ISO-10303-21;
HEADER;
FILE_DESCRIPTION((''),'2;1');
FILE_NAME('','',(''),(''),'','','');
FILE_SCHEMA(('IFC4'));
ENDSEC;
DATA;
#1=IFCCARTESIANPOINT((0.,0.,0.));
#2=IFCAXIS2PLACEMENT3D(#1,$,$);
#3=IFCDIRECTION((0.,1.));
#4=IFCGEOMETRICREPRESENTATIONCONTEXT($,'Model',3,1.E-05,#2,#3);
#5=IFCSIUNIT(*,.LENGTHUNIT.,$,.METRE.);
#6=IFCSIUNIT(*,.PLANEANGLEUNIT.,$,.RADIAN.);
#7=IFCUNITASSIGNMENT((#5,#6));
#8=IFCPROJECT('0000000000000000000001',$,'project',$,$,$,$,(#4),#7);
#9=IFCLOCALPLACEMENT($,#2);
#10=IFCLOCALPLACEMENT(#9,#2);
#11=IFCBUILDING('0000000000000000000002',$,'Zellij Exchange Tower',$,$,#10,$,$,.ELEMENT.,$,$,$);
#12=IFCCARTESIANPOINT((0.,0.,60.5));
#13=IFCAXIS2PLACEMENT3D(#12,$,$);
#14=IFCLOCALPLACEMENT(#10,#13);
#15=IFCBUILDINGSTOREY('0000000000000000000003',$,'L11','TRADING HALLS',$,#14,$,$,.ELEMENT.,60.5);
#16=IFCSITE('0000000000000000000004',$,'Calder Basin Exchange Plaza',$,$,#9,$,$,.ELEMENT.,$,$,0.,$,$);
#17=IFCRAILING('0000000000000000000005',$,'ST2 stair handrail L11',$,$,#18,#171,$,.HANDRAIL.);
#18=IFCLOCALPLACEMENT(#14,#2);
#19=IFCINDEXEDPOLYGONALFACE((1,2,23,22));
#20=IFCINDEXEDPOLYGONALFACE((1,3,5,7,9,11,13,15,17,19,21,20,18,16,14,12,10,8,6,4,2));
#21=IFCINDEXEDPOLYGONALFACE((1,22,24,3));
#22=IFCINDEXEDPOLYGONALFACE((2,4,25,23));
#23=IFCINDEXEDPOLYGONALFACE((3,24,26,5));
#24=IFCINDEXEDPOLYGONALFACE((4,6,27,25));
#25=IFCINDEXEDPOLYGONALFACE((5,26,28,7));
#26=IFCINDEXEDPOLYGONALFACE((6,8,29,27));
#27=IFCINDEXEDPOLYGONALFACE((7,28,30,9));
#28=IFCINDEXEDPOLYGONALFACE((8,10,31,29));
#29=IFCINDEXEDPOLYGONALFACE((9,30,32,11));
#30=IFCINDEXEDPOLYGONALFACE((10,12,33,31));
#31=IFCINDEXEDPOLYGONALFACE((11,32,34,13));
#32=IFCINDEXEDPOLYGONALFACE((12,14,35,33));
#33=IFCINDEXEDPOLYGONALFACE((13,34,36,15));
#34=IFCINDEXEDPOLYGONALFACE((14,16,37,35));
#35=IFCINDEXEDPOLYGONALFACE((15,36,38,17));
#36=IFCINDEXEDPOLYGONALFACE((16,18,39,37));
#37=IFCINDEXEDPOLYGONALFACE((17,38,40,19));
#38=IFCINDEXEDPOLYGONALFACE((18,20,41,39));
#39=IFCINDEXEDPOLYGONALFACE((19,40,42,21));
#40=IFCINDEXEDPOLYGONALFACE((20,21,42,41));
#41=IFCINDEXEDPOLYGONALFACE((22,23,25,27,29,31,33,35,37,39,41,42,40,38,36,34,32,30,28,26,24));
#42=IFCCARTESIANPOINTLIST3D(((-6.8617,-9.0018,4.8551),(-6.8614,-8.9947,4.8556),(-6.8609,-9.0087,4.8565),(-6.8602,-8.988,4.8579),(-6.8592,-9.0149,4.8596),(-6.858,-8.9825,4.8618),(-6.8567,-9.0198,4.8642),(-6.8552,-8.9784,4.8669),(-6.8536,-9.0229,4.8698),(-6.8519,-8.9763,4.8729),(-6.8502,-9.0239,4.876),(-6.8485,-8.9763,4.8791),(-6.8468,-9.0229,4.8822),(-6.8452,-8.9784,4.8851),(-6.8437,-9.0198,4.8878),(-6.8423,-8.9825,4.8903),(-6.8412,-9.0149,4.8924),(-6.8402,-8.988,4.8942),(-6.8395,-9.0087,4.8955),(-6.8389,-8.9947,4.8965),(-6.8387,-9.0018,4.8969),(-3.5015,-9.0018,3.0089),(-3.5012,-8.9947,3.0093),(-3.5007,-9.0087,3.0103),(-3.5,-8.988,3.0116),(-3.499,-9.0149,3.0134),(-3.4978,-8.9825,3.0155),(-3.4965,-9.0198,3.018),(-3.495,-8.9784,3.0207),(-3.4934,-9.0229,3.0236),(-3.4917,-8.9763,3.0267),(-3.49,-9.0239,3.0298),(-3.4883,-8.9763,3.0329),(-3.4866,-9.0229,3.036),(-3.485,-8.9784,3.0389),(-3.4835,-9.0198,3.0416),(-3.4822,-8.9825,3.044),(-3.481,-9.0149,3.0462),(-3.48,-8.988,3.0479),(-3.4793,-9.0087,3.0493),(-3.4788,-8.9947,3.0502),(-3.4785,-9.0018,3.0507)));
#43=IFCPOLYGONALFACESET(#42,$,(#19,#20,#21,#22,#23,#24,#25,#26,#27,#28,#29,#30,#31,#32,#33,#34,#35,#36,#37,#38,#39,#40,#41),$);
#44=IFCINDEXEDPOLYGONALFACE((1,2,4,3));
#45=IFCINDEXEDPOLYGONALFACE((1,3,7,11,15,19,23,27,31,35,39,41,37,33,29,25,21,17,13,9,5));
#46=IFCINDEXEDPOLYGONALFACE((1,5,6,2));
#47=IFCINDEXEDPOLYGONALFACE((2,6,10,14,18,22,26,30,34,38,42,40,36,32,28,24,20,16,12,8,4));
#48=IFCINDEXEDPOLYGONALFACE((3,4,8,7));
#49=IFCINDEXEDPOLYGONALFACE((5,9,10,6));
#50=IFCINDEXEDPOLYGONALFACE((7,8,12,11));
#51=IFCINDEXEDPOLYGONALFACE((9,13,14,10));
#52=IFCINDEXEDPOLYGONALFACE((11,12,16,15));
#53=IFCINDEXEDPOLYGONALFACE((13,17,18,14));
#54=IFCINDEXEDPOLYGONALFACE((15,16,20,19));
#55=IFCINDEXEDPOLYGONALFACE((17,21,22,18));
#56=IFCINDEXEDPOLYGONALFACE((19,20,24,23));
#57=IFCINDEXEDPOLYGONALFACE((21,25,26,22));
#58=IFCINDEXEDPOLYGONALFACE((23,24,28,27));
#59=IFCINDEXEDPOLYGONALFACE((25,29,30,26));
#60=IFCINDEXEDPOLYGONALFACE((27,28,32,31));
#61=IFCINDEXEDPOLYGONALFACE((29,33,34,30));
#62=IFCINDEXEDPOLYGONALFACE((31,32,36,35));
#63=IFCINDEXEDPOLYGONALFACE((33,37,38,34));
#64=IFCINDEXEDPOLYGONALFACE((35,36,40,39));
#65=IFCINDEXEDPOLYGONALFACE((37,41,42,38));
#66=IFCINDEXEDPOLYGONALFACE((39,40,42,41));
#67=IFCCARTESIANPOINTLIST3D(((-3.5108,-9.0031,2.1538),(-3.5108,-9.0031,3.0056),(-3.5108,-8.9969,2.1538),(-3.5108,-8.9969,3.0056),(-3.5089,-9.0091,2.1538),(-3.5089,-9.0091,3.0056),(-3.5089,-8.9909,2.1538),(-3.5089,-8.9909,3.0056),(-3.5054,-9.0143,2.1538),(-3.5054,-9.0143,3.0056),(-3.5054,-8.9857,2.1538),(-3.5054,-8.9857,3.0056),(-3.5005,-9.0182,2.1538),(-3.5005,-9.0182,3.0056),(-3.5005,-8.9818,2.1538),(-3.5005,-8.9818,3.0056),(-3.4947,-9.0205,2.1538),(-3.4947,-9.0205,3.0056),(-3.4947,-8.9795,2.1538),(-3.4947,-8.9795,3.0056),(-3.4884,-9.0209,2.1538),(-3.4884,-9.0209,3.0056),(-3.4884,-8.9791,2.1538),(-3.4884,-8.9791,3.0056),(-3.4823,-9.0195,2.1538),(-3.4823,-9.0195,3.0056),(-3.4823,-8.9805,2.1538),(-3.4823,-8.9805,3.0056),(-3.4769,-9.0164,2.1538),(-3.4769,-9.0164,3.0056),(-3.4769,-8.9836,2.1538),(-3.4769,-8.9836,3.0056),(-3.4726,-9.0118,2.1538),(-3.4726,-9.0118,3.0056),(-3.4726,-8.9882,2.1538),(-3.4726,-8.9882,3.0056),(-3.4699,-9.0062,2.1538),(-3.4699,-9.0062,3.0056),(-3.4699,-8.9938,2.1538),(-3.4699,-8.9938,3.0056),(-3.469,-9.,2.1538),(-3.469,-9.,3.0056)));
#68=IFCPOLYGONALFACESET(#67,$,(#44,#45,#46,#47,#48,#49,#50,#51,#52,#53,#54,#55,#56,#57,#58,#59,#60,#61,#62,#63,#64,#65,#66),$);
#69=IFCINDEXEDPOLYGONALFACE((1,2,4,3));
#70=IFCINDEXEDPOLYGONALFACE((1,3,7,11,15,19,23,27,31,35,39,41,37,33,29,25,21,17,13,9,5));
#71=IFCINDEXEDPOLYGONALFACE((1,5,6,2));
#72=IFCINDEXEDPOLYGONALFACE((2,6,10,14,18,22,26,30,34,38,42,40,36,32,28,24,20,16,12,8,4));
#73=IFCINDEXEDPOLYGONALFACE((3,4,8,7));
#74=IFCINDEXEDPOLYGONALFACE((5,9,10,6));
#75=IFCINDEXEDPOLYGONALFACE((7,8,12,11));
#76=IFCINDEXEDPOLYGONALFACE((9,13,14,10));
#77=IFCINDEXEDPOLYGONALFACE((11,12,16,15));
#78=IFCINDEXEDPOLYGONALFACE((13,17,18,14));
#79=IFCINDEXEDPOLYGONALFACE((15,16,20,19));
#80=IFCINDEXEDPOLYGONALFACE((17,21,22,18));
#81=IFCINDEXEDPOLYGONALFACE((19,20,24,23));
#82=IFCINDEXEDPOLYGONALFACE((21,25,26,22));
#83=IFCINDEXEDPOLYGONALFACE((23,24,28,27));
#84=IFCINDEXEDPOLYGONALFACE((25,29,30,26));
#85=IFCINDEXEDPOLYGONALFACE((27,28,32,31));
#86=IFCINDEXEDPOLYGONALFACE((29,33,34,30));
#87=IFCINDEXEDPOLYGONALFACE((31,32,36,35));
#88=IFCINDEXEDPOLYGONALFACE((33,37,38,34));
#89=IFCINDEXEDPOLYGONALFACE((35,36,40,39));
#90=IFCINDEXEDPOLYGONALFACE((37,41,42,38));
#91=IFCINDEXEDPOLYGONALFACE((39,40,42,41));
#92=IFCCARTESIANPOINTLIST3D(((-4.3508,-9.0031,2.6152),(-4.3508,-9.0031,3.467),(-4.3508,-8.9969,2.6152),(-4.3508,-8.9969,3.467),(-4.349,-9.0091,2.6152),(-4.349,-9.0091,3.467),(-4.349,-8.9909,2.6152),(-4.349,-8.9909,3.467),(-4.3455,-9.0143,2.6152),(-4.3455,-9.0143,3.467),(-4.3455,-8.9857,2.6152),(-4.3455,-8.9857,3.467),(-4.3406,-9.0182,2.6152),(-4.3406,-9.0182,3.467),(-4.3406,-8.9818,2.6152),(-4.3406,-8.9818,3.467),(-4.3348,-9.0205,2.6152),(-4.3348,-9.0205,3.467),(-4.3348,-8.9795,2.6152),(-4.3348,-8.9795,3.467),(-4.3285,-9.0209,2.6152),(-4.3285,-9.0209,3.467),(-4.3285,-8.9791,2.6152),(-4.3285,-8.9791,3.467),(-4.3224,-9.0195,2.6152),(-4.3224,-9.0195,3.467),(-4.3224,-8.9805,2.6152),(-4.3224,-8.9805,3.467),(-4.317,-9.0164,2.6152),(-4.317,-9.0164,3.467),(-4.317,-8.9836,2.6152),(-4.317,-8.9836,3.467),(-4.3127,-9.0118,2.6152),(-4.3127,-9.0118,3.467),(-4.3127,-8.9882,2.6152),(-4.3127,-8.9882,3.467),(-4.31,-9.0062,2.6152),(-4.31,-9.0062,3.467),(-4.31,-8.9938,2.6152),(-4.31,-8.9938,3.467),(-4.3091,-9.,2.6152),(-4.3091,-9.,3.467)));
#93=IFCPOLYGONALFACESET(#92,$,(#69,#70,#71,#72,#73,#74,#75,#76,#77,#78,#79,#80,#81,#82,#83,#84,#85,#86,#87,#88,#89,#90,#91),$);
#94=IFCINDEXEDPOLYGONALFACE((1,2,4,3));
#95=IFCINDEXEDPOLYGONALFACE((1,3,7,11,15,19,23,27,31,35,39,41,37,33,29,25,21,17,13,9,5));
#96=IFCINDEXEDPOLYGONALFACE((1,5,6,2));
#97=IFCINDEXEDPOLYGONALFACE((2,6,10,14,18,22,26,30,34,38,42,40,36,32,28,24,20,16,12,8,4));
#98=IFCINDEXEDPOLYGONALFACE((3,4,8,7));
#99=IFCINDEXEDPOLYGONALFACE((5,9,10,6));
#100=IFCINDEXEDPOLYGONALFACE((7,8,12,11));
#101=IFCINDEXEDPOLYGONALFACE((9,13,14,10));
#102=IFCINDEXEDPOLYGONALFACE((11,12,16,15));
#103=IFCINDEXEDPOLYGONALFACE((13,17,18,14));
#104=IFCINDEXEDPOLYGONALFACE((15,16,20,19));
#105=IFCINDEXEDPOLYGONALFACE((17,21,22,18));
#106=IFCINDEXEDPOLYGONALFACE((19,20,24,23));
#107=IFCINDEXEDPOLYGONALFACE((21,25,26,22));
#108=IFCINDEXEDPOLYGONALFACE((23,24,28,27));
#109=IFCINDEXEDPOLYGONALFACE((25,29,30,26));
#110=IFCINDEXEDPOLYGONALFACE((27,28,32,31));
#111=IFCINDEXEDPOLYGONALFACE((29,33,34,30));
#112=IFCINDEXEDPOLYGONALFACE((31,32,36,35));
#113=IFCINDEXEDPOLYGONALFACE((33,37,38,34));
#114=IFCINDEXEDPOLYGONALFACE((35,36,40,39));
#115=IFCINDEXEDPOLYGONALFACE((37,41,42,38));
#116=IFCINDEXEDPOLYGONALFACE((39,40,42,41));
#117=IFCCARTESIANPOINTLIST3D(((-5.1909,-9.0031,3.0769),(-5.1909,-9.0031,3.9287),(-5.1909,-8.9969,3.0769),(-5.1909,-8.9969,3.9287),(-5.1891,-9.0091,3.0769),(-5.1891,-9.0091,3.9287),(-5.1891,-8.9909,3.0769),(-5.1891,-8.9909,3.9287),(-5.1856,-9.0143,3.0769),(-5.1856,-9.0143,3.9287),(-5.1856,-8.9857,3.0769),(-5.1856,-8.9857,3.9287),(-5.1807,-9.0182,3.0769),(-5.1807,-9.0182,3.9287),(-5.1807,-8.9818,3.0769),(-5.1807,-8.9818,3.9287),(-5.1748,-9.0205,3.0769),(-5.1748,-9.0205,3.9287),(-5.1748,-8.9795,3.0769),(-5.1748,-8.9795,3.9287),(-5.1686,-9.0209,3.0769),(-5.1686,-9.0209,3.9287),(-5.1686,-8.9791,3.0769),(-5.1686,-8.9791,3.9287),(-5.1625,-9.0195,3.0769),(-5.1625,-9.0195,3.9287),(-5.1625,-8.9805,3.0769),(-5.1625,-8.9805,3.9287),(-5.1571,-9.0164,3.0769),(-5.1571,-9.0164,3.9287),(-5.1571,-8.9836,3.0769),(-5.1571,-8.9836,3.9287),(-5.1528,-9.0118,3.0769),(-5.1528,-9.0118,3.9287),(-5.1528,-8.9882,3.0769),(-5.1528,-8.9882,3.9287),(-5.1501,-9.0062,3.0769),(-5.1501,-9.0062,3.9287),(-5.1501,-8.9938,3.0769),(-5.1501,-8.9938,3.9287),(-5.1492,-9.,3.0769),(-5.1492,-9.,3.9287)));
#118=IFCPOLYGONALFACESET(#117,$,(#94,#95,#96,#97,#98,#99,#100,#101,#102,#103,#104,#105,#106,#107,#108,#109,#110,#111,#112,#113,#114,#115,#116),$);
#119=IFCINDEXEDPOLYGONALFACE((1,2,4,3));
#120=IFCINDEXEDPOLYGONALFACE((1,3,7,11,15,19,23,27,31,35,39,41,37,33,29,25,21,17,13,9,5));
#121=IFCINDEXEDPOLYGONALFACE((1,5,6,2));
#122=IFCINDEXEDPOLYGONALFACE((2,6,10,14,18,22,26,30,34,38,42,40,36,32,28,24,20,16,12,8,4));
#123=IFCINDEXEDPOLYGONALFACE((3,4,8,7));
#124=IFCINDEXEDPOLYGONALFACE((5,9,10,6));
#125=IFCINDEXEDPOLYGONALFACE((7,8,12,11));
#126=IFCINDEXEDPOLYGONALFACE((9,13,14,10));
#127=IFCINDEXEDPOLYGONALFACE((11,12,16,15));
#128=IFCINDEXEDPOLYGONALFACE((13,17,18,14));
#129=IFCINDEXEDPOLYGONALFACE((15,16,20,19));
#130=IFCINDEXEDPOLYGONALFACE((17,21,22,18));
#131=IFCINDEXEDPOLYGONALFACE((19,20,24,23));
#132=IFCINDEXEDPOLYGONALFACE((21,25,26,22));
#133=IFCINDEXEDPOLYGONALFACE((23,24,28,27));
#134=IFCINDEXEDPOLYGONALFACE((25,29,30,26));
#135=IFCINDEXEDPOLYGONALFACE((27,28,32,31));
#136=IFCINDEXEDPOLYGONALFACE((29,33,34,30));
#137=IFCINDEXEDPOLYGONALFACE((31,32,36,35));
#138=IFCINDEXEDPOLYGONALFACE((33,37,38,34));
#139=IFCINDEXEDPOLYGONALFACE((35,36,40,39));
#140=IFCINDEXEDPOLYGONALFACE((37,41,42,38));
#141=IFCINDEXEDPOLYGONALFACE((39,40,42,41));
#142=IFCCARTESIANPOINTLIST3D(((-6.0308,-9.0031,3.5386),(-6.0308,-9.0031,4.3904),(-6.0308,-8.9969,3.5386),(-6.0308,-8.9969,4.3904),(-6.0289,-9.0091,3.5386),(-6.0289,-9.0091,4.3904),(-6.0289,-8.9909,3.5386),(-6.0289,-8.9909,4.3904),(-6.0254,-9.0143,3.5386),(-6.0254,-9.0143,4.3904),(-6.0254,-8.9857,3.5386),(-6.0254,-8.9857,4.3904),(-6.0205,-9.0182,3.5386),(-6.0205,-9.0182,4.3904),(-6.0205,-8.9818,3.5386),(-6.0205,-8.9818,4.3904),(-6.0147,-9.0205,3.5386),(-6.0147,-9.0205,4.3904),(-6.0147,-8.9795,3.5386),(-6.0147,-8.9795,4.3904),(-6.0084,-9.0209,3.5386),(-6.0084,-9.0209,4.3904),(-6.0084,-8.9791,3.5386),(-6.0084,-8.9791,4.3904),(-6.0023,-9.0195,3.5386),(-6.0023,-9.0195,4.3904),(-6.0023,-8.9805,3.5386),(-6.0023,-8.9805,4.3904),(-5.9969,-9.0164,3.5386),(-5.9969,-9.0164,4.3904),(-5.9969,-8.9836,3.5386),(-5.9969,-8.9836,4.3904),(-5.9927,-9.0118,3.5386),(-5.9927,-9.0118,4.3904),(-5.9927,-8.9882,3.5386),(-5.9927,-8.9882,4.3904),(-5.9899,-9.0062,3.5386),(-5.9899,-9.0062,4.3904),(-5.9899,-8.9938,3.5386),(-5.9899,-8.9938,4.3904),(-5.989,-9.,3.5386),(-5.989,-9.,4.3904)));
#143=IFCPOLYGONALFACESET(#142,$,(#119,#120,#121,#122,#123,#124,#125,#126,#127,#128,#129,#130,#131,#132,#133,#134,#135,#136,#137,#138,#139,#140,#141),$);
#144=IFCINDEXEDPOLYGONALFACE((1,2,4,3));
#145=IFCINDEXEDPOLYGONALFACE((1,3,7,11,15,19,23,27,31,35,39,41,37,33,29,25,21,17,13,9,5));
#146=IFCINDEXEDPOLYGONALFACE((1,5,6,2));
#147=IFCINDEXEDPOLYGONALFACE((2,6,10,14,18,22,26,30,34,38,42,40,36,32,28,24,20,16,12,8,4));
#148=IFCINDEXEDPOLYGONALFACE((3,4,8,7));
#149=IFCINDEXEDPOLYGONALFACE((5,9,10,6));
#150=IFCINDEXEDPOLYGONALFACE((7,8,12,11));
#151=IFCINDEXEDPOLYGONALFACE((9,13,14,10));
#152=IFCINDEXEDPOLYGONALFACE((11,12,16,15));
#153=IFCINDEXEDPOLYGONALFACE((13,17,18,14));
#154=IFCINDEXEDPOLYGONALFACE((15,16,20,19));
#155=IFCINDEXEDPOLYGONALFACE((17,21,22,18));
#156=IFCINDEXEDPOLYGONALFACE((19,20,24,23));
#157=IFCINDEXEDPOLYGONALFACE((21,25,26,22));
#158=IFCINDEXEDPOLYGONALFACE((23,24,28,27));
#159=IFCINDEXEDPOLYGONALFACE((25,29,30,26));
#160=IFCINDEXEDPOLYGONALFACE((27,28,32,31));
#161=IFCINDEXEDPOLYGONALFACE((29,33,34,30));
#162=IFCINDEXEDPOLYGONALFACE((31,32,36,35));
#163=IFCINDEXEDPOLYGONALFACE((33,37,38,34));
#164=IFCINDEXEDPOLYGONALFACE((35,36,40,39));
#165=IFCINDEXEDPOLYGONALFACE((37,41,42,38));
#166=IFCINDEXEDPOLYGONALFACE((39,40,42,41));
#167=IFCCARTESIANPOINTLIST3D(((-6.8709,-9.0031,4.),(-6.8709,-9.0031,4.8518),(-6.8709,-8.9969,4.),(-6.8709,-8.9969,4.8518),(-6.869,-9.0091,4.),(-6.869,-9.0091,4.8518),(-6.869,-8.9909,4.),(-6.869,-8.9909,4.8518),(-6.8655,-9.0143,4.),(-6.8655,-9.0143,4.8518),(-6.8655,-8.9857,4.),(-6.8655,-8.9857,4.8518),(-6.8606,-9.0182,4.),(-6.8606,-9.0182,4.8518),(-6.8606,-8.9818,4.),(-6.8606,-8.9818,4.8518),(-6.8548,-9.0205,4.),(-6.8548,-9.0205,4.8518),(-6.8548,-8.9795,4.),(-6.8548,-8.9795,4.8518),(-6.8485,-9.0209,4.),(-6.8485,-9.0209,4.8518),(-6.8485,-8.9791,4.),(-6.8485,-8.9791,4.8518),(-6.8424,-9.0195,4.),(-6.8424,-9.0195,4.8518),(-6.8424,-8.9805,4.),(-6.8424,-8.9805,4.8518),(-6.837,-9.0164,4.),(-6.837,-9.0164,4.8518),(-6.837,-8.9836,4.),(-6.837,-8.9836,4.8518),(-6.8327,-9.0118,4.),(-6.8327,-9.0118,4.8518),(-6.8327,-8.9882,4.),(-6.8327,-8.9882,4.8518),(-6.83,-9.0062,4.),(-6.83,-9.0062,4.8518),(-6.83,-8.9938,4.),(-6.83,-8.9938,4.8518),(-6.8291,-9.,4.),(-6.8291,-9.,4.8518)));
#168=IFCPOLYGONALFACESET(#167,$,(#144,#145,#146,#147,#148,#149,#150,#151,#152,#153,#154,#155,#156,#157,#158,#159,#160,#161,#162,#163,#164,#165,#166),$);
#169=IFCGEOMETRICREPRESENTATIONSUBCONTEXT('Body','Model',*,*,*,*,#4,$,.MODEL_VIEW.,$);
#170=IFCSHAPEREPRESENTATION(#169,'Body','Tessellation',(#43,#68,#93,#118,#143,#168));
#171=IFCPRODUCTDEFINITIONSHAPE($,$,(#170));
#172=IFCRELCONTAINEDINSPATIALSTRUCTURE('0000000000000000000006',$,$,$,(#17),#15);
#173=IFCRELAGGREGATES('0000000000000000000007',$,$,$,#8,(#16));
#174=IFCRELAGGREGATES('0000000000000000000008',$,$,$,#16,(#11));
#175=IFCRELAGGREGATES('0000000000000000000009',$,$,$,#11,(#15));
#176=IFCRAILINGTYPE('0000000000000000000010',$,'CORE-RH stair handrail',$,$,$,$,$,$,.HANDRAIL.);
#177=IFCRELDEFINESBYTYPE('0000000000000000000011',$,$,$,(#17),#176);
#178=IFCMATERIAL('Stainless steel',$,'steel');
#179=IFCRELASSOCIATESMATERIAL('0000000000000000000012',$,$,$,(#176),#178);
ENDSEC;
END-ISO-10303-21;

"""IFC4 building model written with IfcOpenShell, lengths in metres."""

from ifc_helpers import new_model, si_unit, direction, frame, origin, origin_2d, place, context, subcontext, project, spatial, circle, extrude, material, type_object, element, save


model = new_model("IFC4")

# Units and contexts
model_context = context("Model", 3, precision=1e-05, world=origin(), true_north=direction((0.0, 1.0)))
body_context = subcontext(model_context, "Body", "Model", "MODEL_VIEW")
ifc_project = project(units=[si_unit("LENGTHUNIT", "METRE"), si_unit("PLANEANGLEUNIT", "RADIAN")], contexts=[model_context])

# Site, building, storey
site_placement = place(None, origin())
site = spatial("IfcSite", under=ifc_project, at=site_placement, Name="Calder Basin Exchange Plaza", CompositionType="ELEMENT", RefElevation=0.0)
building_placement = place(site_placement, origin())
building = spatial("IfcBuilding", under=site, at=building_placement, Name="Zellij Exchange Tower", CompositionType="ELEMENT")
storey_placement = place(building_placement, frame((0.0, 0.0, 60.5)))
storey = spatial("IfcBuildingStorey", under=building, at=storey_placement, Name="L11", Description="TRADING HALLS", CompositionType="ELEMENT", Elevation=60.5)

# Railing
ifc_material_1 = material(Name="Stainless steel", Category="steel")
railing_type_1 = type_object("IfcRailingType", Name="CORE-RH stair handrail", PredefinedType="HANDRAIL", material=ifc_material_1)
railing_1_placement = place(storey_placement, frame((-3.49, -9.0, 2.1538)))
element("IfcRailing", 1, at=railing_1_placement, inside=storey, type_object=railing_type_1, Name="ST2 stair handrail L11", PredefinedType="HANDRAIL", context=body_context, shape_type="SweptSolid", body=[
    extrude(circle(Radius=0.0239, at=origin_2d()), frame((0.0, 0.0, 0.876), z_axis=(-0.876422, 0.0, 0.481545), x_axis=(0.0, -1.0, 0.0)), (0.0, 0.0, 1.0), 3.834),
    extrude(circle(Radius=0.021, at=origin_2d()), origin(), (0.0, 0.0, 1.0), 0.8518),
    extrude(circle(Radius=0.021, at=origin_2d()), frame((-0.8401, 0.0, 0.4614)), (0.0, 0.0, 1.0), 0.8518),
    extrude(circle(Radius=0.021, at=origin_2d()), frame((-1.6802, 0.0, 0.9231)), (0.0, 0.0, 1.0), 0.8518),
    extrude(circle(Radius=0.021, at=origin_2d()), frame((-2.52, 0.0, 1.3848)), (0.0, 0.0, 1.0), 0.8518),
    extrude(circle(Radius=0.021, at=origin_2d()), frame((-3.3601, 0.0, 1.8462)), (0.0, 0.0, 1.0), 0.8518),
])

save(model, "model.ifc")
